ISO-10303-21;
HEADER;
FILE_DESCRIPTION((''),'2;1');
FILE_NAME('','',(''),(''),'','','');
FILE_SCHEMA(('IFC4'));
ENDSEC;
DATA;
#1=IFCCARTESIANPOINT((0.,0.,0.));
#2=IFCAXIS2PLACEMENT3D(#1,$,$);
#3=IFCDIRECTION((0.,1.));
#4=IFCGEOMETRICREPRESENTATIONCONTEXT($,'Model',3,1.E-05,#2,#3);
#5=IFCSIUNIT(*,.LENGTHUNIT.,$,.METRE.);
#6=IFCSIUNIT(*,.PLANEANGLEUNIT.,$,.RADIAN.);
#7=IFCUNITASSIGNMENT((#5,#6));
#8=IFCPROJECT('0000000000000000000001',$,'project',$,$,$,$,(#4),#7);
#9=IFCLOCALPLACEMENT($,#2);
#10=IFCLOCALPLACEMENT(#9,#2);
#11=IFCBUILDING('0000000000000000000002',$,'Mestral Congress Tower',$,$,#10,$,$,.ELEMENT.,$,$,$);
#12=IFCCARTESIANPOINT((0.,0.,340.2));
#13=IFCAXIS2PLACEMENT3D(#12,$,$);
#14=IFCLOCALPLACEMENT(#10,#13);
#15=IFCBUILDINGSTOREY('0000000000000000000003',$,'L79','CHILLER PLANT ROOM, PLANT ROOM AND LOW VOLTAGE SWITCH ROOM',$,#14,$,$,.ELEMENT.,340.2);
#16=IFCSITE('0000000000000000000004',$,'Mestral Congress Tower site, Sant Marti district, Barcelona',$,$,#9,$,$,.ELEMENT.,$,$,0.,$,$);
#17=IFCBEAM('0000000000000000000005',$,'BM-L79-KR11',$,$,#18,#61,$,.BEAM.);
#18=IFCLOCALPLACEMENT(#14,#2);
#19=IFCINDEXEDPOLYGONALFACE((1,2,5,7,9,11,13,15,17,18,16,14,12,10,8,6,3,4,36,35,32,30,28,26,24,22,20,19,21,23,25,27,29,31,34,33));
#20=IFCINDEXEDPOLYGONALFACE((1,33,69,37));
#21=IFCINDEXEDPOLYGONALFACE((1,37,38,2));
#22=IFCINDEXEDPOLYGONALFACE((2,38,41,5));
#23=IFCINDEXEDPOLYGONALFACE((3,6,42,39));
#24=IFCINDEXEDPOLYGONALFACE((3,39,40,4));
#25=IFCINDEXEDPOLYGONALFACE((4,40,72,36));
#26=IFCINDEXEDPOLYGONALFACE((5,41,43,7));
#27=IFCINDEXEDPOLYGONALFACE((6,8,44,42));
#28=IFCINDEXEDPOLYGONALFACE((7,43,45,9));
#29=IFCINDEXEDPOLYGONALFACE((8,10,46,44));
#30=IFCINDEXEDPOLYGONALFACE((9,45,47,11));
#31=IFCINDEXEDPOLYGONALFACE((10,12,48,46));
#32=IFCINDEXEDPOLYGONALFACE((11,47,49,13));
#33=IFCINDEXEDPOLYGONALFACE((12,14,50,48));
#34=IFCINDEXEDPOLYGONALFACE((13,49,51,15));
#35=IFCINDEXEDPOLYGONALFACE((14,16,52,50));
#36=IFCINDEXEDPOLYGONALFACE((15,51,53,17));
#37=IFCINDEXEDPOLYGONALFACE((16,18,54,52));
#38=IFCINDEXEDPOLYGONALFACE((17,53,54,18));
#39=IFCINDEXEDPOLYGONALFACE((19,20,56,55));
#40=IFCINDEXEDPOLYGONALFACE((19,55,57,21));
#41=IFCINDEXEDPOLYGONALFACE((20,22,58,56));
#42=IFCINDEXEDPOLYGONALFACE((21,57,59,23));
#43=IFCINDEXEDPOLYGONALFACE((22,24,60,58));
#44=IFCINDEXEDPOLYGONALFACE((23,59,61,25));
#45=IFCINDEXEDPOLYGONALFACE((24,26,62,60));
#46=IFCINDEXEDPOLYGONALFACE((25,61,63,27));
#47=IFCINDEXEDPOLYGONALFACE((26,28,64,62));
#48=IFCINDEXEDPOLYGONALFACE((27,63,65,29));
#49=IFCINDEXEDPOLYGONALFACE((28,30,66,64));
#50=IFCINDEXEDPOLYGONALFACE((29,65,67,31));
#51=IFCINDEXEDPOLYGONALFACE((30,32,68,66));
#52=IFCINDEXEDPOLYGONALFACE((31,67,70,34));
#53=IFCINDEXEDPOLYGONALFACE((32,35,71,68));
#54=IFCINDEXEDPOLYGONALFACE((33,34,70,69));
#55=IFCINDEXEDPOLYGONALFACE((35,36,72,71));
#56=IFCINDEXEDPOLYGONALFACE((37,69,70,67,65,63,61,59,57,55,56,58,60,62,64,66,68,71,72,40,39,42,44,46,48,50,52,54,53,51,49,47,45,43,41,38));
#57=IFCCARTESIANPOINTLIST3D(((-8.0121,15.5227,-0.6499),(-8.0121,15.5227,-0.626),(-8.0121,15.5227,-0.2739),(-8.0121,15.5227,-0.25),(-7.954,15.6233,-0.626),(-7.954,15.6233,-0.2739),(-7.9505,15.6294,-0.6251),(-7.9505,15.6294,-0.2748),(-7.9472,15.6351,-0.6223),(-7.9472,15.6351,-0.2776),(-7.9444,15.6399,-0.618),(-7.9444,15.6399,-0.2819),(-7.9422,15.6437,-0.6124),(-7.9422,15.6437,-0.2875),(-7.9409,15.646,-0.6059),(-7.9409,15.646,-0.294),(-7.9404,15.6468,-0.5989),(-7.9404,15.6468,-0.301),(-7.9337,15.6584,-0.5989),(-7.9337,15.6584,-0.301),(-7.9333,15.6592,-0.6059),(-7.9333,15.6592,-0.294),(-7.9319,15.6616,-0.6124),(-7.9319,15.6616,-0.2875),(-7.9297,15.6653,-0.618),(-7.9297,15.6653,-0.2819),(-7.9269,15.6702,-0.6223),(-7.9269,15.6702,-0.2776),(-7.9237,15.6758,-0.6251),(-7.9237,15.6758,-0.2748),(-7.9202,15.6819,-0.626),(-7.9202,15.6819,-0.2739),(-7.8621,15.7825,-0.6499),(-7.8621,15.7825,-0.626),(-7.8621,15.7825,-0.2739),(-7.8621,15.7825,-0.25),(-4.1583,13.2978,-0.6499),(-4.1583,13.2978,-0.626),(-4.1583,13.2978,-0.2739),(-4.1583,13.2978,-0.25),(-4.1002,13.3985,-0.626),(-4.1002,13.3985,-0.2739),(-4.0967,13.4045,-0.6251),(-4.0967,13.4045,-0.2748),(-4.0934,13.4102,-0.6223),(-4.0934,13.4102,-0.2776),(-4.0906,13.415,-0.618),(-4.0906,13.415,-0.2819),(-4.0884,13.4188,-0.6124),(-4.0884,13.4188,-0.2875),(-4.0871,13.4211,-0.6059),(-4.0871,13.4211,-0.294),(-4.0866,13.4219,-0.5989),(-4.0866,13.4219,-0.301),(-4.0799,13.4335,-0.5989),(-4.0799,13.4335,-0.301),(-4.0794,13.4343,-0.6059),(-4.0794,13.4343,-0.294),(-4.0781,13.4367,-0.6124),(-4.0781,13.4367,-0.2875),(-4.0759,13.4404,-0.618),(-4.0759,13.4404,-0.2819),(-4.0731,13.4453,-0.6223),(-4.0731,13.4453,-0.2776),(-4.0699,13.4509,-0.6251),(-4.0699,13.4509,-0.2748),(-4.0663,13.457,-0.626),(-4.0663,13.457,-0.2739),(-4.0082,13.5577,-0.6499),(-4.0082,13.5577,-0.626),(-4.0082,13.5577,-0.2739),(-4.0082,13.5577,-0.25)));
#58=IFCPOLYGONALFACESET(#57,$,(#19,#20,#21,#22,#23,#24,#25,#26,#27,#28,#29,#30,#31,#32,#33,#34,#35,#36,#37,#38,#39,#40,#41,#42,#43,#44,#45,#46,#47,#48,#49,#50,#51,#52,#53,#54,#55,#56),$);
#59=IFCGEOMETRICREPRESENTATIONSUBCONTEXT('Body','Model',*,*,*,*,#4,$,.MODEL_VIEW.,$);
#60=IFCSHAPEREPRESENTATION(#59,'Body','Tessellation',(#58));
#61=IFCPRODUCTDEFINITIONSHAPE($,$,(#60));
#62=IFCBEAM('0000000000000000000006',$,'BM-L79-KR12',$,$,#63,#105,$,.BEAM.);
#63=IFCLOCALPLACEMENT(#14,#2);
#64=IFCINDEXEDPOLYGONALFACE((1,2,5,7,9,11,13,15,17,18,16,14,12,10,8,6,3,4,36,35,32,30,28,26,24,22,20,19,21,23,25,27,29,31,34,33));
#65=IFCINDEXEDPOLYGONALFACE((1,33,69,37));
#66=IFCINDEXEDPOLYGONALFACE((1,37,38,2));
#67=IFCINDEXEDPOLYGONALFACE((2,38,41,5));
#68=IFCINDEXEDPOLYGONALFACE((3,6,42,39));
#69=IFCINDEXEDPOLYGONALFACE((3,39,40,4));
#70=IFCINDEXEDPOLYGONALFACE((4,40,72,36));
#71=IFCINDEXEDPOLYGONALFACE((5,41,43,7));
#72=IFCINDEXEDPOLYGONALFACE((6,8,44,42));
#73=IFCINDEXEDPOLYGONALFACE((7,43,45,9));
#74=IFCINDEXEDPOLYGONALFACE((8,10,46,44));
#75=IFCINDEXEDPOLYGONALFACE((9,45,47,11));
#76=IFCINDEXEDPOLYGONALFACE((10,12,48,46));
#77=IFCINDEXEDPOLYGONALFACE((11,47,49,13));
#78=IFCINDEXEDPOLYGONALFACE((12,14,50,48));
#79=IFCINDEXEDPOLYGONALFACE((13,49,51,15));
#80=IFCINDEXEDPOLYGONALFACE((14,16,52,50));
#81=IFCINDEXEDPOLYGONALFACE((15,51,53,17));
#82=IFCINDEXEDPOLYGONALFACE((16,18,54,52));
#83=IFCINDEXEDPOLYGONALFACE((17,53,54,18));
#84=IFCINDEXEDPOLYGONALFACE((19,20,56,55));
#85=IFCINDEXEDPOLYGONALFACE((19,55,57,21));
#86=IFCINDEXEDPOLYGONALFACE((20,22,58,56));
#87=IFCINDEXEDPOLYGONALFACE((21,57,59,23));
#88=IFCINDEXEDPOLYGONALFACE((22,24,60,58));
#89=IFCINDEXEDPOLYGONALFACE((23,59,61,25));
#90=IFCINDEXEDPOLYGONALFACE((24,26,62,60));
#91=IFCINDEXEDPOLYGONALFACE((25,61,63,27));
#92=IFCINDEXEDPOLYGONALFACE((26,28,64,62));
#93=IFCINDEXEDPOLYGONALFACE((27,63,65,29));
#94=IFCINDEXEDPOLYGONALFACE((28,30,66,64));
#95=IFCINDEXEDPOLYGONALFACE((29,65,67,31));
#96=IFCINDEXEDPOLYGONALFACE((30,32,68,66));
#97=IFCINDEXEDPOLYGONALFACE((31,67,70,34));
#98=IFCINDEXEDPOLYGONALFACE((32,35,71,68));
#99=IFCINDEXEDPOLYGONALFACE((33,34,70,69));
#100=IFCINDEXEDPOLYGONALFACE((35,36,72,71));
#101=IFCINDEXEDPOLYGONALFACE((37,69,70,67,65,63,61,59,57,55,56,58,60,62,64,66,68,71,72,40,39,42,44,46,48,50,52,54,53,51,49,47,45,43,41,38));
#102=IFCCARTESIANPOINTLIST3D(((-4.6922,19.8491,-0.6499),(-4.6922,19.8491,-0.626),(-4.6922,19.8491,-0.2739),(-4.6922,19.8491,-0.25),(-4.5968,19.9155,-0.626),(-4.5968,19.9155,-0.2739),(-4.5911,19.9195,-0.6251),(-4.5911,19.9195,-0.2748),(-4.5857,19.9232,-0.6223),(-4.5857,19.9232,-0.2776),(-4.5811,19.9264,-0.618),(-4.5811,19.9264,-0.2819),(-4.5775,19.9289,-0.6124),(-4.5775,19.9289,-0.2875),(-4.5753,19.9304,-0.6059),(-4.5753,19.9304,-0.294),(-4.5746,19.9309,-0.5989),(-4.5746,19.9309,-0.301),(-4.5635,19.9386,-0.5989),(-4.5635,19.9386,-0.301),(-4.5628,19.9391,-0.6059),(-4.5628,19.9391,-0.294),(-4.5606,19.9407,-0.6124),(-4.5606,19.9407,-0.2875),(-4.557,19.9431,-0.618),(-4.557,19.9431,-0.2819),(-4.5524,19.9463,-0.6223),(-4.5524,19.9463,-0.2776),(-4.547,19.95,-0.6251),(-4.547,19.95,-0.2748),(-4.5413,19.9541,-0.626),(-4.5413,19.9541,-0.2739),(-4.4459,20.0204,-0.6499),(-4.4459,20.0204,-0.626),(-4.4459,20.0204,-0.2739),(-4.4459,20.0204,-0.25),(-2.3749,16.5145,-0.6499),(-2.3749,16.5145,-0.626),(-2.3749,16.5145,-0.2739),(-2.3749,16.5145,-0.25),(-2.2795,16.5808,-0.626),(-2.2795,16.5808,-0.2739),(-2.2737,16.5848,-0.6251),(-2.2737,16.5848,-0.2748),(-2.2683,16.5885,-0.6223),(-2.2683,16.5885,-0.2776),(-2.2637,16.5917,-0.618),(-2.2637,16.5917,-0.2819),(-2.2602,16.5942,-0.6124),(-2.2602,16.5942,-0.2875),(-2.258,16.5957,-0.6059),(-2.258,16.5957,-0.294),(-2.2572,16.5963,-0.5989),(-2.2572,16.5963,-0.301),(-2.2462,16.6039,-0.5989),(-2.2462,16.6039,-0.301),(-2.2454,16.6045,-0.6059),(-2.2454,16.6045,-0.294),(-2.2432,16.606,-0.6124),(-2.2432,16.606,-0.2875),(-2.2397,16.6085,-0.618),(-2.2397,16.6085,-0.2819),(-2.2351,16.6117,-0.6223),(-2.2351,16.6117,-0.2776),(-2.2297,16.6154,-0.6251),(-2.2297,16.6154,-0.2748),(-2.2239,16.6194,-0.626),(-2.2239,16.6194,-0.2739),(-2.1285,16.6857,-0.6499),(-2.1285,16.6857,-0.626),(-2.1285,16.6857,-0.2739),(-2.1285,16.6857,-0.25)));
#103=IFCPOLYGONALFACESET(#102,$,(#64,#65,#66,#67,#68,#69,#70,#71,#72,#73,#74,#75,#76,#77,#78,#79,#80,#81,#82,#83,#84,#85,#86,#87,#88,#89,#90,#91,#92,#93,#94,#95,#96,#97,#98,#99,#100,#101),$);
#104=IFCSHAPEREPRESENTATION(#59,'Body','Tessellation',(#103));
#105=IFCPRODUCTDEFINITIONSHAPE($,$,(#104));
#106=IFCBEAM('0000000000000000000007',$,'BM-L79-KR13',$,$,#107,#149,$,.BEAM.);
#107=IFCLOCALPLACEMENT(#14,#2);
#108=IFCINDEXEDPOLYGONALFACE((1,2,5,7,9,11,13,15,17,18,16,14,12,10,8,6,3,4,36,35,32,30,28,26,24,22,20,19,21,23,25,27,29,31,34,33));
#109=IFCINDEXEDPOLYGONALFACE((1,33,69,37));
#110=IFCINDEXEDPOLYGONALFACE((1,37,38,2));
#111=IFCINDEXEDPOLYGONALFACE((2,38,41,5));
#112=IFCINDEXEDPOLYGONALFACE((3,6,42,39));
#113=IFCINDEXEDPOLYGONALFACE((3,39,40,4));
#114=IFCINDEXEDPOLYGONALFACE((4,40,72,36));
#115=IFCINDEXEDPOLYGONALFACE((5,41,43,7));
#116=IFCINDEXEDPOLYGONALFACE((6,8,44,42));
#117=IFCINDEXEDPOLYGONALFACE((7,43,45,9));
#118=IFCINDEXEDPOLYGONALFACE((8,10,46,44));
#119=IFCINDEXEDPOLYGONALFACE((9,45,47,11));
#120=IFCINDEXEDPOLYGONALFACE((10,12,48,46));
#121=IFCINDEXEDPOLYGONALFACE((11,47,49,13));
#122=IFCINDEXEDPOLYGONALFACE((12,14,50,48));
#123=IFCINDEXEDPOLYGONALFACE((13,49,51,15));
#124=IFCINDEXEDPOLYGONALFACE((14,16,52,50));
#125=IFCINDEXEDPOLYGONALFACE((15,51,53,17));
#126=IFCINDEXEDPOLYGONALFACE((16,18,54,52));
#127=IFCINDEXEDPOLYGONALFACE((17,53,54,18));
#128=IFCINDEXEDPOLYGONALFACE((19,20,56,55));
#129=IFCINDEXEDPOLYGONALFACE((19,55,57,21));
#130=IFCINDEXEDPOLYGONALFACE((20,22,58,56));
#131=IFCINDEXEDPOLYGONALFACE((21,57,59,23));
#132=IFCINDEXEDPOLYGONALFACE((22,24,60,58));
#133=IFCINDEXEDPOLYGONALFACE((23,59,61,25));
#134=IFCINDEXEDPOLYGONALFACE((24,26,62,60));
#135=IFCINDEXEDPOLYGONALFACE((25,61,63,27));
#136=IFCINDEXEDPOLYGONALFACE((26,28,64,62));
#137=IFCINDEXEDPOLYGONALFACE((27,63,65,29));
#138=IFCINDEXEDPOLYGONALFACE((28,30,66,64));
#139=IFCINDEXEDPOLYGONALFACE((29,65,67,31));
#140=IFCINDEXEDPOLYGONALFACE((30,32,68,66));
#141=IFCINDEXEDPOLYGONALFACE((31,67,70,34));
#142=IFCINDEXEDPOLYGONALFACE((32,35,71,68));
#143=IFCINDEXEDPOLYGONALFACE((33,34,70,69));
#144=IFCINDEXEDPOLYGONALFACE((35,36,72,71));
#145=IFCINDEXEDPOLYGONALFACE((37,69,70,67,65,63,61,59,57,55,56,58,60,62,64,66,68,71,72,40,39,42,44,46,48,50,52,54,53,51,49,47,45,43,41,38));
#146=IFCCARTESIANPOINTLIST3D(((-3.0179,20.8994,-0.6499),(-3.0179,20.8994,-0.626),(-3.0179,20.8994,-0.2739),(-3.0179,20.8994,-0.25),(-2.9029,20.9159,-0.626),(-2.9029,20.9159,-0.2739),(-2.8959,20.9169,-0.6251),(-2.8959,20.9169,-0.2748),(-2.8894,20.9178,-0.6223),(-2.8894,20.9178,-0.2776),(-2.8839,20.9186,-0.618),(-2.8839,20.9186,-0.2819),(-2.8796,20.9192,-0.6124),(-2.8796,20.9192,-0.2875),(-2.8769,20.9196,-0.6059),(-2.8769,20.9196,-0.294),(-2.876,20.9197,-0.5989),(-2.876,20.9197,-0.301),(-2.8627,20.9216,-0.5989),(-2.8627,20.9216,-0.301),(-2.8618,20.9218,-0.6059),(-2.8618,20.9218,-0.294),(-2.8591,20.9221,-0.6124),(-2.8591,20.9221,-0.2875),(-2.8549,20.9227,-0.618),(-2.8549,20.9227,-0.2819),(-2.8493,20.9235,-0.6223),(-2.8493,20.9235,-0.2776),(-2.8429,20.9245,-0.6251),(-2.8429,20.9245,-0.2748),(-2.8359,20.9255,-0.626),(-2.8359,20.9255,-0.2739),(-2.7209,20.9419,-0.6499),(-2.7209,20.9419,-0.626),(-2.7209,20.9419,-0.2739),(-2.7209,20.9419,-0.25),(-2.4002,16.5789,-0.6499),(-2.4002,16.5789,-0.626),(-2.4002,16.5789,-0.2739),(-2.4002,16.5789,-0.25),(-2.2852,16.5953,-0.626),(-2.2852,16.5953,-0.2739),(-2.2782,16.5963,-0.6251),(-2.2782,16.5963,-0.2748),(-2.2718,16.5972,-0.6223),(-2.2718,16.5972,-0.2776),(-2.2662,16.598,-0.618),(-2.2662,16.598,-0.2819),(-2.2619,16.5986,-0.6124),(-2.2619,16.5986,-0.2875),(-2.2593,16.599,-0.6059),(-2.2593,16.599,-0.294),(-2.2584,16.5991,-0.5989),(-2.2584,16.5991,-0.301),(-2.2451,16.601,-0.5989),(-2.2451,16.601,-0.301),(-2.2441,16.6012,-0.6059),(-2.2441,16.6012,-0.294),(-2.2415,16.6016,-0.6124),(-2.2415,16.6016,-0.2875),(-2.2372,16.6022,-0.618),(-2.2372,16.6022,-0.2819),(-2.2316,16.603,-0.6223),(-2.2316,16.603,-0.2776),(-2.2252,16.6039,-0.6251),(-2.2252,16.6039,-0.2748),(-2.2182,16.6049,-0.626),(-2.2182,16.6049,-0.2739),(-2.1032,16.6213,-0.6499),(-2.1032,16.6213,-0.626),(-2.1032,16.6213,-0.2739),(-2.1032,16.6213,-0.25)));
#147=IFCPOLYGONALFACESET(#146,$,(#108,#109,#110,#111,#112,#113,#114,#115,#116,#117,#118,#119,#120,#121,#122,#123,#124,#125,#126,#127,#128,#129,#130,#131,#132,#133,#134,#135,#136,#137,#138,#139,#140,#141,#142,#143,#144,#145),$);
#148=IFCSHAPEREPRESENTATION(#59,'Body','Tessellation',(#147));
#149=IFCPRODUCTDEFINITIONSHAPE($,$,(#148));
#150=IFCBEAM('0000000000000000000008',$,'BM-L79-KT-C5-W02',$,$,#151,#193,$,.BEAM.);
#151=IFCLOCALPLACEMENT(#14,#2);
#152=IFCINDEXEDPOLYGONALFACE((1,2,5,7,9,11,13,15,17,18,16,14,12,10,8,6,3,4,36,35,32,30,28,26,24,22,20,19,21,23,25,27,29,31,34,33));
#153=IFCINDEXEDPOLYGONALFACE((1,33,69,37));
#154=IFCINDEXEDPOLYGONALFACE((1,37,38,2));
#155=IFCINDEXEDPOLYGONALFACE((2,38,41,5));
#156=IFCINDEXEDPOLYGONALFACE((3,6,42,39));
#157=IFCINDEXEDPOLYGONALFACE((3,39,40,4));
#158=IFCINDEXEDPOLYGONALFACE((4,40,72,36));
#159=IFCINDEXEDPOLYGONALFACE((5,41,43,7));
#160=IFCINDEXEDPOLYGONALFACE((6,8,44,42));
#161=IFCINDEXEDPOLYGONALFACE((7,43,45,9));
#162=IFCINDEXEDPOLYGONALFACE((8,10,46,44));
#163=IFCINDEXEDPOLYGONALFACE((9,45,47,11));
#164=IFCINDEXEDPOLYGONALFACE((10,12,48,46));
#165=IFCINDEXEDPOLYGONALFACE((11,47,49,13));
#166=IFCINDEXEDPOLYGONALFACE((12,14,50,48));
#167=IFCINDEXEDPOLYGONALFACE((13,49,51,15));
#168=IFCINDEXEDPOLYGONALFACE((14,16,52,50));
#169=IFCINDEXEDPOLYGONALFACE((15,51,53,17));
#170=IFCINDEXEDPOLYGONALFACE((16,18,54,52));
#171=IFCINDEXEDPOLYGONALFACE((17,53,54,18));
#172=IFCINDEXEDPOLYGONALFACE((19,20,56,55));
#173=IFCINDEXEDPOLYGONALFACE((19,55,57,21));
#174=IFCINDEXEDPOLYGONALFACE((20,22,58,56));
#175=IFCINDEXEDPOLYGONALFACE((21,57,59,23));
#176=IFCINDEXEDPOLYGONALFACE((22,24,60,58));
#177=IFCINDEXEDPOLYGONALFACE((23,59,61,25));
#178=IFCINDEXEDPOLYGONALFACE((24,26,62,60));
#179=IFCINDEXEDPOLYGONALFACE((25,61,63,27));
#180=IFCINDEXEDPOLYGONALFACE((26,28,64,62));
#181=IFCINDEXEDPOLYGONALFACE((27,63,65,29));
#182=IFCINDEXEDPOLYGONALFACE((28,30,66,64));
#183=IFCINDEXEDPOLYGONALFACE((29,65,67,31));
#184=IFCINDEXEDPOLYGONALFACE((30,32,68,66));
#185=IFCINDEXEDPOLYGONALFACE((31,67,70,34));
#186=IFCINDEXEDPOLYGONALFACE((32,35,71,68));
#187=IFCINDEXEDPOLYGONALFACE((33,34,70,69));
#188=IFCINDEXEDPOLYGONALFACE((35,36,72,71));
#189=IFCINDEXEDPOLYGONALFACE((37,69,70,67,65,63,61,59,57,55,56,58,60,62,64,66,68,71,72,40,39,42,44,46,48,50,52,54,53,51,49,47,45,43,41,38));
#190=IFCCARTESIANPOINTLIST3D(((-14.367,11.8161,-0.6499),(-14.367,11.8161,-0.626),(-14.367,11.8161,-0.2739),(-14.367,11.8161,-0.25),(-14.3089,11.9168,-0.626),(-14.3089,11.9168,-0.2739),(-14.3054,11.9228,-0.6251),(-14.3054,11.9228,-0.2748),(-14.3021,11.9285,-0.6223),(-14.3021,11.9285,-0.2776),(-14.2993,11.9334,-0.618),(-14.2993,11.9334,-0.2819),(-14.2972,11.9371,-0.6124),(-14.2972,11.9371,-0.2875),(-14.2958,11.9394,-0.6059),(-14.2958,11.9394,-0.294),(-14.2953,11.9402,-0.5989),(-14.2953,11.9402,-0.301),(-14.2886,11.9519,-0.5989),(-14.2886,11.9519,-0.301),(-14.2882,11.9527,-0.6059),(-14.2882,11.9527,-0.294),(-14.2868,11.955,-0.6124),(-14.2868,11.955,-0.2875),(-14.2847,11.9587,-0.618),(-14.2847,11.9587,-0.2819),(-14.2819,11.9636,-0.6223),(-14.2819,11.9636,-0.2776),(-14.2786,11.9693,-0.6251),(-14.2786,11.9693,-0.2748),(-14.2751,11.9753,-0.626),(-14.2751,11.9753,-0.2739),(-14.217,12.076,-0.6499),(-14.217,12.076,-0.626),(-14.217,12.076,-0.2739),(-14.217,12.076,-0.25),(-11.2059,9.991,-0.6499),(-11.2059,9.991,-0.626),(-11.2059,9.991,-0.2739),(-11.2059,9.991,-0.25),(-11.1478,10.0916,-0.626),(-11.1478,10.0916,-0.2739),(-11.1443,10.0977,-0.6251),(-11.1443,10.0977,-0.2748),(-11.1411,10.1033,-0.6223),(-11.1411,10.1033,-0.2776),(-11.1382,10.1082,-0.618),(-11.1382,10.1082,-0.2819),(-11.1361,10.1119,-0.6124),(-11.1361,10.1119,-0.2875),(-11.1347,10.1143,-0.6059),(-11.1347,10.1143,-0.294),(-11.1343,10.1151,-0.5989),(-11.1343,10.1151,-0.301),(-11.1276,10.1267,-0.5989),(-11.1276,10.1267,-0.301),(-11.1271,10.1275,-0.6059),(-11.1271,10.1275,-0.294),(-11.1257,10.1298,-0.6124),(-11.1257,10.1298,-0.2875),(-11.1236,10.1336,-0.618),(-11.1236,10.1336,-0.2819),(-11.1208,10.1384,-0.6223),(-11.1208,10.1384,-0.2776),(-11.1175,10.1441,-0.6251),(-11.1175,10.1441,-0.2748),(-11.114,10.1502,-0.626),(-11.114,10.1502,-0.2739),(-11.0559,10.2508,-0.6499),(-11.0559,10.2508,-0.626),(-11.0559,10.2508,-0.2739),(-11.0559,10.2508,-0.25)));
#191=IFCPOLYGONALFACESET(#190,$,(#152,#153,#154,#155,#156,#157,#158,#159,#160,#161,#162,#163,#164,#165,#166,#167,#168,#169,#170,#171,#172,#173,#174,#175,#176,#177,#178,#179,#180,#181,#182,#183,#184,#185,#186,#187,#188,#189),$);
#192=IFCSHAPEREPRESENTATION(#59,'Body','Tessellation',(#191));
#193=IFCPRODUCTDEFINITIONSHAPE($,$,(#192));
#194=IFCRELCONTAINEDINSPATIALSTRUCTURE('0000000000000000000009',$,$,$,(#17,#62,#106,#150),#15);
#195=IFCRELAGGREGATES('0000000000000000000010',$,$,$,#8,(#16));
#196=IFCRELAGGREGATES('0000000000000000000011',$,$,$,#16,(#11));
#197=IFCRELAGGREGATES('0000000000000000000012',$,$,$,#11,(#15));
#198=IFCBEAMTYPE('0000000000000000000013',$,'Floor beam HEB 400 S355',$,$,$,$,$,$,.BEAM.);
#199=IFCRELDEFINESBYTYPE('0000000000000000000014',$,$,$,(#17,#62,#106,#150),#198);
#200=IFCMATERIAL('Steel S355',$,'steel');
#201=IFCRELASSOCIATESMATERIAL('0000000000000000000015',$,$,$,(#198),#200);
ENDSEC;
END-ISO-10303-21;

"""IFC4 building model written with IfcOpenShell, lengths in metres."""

from ifc_helpers import new_model, si_unit, direction, frame, origin, origin_2d, place, context, subcontext, project, spatial, i_section, extrude, material, material_profile, profile_set, type_object, element, save


model = new_model("IFC4")

# Units and contexts
model_context = context("Model", 3, precision=1e-05, world=origin(), true_north=direction((0.0, 1.0)))
body_context = subcontext(model_context, "Body", "Model", "MODEL_VIEW")
ifc_project = project(units=[si_unit("LENGTHUNIT", "METRE"), si_unit("PLANEANGLEUNIT", "RADIAN")], contexts=[model_context])

# Site, building, storey
site_placement = place(None, origin())
site = spatial("IfcSite", under=ifc_project, at=site_placement, Name="Mestral Congress Tower site, Sant Marti district, Barcelona", CompositionType="ELEMENT", RefElevation=0.0)
building_placement = place(site_placement, origin())
building = spatial("IfcBuilding", under=site, at=building_placement, Name="Mestral Congress Tower", CompositionType="ELEMENT")
storey_placement = place(building_placement, frame((0.0, 0.0, 340.2)))
storey = spatial("IfcBuildingStorey", under=building, at=storey_placement, Name="L79", Description="CHILLER PLANT ROOM, PLANT ROOM AND LOW VOLTAGE SWITCH ROOM", CompositionType="ELEMENT", Elevation=340.2)

# Shared definitions
ifc_material_1 = material(Name="Steel S355", Category="steel")

# Beams
ifc_material_profile_1 = material_profile(ifc_material_1, i_section(OverallWidth=0.3, OverallDepth=0.3999, WebThickness=0.0134, FlangeThickness=0.0239, FilletRadius=0.0271, at=origin_2d()), Name="HEB 400")
ifc_profile_set_1 = profile_set([ifc_material_profile_1], Name="Steel S355")
beam_type_1 = type_object("IfcBeamType", Name="Floor beam HEB 400 S355", PredefinedType="BEAM", material=ifc_profile_set_1)
beam_1_placement = place(storey_placement, frame((-4.0833, 13.4277, -0.45), z_axis=(-0.866037, 0.49998, 0.0), x_axis=(-0.49998, -0.866037, 0.0)))
element("IfcBeam", 1, at=beam_1_placement, inside=storey, type_object=beam_type_1, Name="BM-L79-KR11", PredefinedType="BEAM", context=body_context, shape_type="SweptSolid", body=[
    extrude(i_section(OverallWidth=0.3, OverallDepth=0.3999, WebThickness=0.0134, FlangeThickness=0.0239, FilletRadius=0.0271, at=origin_2d()), origin(), (0.0, 0.0, 1.0), 4.45),
])
beam_2_placement = place(storey_placement, frame((-2.2517, 16.6001, -0.45), z_axis=(-0.570663, 0.821184, 0.0), x_axis=(-0.821184, -0.570663, 0.0)))
element("IfcBeam", 2, at=beam_2_placement, inside=storey, type_object=beam_type_1, Name="BM-L79-KR12", PredefinedType="BEAM", context=body_context, shape_type="SweptSolid", body=[
    extrude(i_section(OverallWidth=0.3, OverallDepth=0.3999, WebThickness=0.0134, FlangeThickness=0.0239, FilletRadius=0.0271, at=origin_2d()), origin(), (0.0, 0.0, 1.0), 4.0608),
])
beam_3_placement = place(storey_placement, frame((-2.2517, 16.6001, -0.45), z_axis=(-0.141523, 0.989935, 0.0), x_axis=(-0.989935, -0.141523, 0.0)))
element("IfcBeam", 3, at=beam_3_placement, inside=storey, type_object=beam_type_1, Name="BM-L79-KR13", PredefinedType="BEAM", context=body_context, shape_type="SweptSolid", body=[
    extrude(i_section(OverallWidth=0.3, OverallDepth=0.3999, WebThickness=0.0134, FlangeThickness=0.0239, FilletRadius=0.0271, at=origin_2d()), origin(), (0.0, 0.0, 1.0), 4.3645),
])
beam_4_placement = place(storey_placement, frame((-14.292, 11.946, -0.45), z_axis=(0.866012, -0.500024, 0.0), x_axis=(0.500024, 0.866012, 0.0)))
element("IfcBeam", 4, at=beam_4_placement, inside=storey, type_object=beam_type_1, Name="BM-L79-KT-C5-W02", PredefinedType="BEAM", context=body_context, shape_type="SweptSolid", body=[
    extrude(i_section(OverallWidth=0.3, OverallDepth=0.3999, WebThickness=0.0134, FlangeThickness=0.0239, FilletRadius=0.0271, at=origin_2d()), origin(), (0.0, 0.0, 1.0), 3.6501),
])

save(model, "model.ifc")
